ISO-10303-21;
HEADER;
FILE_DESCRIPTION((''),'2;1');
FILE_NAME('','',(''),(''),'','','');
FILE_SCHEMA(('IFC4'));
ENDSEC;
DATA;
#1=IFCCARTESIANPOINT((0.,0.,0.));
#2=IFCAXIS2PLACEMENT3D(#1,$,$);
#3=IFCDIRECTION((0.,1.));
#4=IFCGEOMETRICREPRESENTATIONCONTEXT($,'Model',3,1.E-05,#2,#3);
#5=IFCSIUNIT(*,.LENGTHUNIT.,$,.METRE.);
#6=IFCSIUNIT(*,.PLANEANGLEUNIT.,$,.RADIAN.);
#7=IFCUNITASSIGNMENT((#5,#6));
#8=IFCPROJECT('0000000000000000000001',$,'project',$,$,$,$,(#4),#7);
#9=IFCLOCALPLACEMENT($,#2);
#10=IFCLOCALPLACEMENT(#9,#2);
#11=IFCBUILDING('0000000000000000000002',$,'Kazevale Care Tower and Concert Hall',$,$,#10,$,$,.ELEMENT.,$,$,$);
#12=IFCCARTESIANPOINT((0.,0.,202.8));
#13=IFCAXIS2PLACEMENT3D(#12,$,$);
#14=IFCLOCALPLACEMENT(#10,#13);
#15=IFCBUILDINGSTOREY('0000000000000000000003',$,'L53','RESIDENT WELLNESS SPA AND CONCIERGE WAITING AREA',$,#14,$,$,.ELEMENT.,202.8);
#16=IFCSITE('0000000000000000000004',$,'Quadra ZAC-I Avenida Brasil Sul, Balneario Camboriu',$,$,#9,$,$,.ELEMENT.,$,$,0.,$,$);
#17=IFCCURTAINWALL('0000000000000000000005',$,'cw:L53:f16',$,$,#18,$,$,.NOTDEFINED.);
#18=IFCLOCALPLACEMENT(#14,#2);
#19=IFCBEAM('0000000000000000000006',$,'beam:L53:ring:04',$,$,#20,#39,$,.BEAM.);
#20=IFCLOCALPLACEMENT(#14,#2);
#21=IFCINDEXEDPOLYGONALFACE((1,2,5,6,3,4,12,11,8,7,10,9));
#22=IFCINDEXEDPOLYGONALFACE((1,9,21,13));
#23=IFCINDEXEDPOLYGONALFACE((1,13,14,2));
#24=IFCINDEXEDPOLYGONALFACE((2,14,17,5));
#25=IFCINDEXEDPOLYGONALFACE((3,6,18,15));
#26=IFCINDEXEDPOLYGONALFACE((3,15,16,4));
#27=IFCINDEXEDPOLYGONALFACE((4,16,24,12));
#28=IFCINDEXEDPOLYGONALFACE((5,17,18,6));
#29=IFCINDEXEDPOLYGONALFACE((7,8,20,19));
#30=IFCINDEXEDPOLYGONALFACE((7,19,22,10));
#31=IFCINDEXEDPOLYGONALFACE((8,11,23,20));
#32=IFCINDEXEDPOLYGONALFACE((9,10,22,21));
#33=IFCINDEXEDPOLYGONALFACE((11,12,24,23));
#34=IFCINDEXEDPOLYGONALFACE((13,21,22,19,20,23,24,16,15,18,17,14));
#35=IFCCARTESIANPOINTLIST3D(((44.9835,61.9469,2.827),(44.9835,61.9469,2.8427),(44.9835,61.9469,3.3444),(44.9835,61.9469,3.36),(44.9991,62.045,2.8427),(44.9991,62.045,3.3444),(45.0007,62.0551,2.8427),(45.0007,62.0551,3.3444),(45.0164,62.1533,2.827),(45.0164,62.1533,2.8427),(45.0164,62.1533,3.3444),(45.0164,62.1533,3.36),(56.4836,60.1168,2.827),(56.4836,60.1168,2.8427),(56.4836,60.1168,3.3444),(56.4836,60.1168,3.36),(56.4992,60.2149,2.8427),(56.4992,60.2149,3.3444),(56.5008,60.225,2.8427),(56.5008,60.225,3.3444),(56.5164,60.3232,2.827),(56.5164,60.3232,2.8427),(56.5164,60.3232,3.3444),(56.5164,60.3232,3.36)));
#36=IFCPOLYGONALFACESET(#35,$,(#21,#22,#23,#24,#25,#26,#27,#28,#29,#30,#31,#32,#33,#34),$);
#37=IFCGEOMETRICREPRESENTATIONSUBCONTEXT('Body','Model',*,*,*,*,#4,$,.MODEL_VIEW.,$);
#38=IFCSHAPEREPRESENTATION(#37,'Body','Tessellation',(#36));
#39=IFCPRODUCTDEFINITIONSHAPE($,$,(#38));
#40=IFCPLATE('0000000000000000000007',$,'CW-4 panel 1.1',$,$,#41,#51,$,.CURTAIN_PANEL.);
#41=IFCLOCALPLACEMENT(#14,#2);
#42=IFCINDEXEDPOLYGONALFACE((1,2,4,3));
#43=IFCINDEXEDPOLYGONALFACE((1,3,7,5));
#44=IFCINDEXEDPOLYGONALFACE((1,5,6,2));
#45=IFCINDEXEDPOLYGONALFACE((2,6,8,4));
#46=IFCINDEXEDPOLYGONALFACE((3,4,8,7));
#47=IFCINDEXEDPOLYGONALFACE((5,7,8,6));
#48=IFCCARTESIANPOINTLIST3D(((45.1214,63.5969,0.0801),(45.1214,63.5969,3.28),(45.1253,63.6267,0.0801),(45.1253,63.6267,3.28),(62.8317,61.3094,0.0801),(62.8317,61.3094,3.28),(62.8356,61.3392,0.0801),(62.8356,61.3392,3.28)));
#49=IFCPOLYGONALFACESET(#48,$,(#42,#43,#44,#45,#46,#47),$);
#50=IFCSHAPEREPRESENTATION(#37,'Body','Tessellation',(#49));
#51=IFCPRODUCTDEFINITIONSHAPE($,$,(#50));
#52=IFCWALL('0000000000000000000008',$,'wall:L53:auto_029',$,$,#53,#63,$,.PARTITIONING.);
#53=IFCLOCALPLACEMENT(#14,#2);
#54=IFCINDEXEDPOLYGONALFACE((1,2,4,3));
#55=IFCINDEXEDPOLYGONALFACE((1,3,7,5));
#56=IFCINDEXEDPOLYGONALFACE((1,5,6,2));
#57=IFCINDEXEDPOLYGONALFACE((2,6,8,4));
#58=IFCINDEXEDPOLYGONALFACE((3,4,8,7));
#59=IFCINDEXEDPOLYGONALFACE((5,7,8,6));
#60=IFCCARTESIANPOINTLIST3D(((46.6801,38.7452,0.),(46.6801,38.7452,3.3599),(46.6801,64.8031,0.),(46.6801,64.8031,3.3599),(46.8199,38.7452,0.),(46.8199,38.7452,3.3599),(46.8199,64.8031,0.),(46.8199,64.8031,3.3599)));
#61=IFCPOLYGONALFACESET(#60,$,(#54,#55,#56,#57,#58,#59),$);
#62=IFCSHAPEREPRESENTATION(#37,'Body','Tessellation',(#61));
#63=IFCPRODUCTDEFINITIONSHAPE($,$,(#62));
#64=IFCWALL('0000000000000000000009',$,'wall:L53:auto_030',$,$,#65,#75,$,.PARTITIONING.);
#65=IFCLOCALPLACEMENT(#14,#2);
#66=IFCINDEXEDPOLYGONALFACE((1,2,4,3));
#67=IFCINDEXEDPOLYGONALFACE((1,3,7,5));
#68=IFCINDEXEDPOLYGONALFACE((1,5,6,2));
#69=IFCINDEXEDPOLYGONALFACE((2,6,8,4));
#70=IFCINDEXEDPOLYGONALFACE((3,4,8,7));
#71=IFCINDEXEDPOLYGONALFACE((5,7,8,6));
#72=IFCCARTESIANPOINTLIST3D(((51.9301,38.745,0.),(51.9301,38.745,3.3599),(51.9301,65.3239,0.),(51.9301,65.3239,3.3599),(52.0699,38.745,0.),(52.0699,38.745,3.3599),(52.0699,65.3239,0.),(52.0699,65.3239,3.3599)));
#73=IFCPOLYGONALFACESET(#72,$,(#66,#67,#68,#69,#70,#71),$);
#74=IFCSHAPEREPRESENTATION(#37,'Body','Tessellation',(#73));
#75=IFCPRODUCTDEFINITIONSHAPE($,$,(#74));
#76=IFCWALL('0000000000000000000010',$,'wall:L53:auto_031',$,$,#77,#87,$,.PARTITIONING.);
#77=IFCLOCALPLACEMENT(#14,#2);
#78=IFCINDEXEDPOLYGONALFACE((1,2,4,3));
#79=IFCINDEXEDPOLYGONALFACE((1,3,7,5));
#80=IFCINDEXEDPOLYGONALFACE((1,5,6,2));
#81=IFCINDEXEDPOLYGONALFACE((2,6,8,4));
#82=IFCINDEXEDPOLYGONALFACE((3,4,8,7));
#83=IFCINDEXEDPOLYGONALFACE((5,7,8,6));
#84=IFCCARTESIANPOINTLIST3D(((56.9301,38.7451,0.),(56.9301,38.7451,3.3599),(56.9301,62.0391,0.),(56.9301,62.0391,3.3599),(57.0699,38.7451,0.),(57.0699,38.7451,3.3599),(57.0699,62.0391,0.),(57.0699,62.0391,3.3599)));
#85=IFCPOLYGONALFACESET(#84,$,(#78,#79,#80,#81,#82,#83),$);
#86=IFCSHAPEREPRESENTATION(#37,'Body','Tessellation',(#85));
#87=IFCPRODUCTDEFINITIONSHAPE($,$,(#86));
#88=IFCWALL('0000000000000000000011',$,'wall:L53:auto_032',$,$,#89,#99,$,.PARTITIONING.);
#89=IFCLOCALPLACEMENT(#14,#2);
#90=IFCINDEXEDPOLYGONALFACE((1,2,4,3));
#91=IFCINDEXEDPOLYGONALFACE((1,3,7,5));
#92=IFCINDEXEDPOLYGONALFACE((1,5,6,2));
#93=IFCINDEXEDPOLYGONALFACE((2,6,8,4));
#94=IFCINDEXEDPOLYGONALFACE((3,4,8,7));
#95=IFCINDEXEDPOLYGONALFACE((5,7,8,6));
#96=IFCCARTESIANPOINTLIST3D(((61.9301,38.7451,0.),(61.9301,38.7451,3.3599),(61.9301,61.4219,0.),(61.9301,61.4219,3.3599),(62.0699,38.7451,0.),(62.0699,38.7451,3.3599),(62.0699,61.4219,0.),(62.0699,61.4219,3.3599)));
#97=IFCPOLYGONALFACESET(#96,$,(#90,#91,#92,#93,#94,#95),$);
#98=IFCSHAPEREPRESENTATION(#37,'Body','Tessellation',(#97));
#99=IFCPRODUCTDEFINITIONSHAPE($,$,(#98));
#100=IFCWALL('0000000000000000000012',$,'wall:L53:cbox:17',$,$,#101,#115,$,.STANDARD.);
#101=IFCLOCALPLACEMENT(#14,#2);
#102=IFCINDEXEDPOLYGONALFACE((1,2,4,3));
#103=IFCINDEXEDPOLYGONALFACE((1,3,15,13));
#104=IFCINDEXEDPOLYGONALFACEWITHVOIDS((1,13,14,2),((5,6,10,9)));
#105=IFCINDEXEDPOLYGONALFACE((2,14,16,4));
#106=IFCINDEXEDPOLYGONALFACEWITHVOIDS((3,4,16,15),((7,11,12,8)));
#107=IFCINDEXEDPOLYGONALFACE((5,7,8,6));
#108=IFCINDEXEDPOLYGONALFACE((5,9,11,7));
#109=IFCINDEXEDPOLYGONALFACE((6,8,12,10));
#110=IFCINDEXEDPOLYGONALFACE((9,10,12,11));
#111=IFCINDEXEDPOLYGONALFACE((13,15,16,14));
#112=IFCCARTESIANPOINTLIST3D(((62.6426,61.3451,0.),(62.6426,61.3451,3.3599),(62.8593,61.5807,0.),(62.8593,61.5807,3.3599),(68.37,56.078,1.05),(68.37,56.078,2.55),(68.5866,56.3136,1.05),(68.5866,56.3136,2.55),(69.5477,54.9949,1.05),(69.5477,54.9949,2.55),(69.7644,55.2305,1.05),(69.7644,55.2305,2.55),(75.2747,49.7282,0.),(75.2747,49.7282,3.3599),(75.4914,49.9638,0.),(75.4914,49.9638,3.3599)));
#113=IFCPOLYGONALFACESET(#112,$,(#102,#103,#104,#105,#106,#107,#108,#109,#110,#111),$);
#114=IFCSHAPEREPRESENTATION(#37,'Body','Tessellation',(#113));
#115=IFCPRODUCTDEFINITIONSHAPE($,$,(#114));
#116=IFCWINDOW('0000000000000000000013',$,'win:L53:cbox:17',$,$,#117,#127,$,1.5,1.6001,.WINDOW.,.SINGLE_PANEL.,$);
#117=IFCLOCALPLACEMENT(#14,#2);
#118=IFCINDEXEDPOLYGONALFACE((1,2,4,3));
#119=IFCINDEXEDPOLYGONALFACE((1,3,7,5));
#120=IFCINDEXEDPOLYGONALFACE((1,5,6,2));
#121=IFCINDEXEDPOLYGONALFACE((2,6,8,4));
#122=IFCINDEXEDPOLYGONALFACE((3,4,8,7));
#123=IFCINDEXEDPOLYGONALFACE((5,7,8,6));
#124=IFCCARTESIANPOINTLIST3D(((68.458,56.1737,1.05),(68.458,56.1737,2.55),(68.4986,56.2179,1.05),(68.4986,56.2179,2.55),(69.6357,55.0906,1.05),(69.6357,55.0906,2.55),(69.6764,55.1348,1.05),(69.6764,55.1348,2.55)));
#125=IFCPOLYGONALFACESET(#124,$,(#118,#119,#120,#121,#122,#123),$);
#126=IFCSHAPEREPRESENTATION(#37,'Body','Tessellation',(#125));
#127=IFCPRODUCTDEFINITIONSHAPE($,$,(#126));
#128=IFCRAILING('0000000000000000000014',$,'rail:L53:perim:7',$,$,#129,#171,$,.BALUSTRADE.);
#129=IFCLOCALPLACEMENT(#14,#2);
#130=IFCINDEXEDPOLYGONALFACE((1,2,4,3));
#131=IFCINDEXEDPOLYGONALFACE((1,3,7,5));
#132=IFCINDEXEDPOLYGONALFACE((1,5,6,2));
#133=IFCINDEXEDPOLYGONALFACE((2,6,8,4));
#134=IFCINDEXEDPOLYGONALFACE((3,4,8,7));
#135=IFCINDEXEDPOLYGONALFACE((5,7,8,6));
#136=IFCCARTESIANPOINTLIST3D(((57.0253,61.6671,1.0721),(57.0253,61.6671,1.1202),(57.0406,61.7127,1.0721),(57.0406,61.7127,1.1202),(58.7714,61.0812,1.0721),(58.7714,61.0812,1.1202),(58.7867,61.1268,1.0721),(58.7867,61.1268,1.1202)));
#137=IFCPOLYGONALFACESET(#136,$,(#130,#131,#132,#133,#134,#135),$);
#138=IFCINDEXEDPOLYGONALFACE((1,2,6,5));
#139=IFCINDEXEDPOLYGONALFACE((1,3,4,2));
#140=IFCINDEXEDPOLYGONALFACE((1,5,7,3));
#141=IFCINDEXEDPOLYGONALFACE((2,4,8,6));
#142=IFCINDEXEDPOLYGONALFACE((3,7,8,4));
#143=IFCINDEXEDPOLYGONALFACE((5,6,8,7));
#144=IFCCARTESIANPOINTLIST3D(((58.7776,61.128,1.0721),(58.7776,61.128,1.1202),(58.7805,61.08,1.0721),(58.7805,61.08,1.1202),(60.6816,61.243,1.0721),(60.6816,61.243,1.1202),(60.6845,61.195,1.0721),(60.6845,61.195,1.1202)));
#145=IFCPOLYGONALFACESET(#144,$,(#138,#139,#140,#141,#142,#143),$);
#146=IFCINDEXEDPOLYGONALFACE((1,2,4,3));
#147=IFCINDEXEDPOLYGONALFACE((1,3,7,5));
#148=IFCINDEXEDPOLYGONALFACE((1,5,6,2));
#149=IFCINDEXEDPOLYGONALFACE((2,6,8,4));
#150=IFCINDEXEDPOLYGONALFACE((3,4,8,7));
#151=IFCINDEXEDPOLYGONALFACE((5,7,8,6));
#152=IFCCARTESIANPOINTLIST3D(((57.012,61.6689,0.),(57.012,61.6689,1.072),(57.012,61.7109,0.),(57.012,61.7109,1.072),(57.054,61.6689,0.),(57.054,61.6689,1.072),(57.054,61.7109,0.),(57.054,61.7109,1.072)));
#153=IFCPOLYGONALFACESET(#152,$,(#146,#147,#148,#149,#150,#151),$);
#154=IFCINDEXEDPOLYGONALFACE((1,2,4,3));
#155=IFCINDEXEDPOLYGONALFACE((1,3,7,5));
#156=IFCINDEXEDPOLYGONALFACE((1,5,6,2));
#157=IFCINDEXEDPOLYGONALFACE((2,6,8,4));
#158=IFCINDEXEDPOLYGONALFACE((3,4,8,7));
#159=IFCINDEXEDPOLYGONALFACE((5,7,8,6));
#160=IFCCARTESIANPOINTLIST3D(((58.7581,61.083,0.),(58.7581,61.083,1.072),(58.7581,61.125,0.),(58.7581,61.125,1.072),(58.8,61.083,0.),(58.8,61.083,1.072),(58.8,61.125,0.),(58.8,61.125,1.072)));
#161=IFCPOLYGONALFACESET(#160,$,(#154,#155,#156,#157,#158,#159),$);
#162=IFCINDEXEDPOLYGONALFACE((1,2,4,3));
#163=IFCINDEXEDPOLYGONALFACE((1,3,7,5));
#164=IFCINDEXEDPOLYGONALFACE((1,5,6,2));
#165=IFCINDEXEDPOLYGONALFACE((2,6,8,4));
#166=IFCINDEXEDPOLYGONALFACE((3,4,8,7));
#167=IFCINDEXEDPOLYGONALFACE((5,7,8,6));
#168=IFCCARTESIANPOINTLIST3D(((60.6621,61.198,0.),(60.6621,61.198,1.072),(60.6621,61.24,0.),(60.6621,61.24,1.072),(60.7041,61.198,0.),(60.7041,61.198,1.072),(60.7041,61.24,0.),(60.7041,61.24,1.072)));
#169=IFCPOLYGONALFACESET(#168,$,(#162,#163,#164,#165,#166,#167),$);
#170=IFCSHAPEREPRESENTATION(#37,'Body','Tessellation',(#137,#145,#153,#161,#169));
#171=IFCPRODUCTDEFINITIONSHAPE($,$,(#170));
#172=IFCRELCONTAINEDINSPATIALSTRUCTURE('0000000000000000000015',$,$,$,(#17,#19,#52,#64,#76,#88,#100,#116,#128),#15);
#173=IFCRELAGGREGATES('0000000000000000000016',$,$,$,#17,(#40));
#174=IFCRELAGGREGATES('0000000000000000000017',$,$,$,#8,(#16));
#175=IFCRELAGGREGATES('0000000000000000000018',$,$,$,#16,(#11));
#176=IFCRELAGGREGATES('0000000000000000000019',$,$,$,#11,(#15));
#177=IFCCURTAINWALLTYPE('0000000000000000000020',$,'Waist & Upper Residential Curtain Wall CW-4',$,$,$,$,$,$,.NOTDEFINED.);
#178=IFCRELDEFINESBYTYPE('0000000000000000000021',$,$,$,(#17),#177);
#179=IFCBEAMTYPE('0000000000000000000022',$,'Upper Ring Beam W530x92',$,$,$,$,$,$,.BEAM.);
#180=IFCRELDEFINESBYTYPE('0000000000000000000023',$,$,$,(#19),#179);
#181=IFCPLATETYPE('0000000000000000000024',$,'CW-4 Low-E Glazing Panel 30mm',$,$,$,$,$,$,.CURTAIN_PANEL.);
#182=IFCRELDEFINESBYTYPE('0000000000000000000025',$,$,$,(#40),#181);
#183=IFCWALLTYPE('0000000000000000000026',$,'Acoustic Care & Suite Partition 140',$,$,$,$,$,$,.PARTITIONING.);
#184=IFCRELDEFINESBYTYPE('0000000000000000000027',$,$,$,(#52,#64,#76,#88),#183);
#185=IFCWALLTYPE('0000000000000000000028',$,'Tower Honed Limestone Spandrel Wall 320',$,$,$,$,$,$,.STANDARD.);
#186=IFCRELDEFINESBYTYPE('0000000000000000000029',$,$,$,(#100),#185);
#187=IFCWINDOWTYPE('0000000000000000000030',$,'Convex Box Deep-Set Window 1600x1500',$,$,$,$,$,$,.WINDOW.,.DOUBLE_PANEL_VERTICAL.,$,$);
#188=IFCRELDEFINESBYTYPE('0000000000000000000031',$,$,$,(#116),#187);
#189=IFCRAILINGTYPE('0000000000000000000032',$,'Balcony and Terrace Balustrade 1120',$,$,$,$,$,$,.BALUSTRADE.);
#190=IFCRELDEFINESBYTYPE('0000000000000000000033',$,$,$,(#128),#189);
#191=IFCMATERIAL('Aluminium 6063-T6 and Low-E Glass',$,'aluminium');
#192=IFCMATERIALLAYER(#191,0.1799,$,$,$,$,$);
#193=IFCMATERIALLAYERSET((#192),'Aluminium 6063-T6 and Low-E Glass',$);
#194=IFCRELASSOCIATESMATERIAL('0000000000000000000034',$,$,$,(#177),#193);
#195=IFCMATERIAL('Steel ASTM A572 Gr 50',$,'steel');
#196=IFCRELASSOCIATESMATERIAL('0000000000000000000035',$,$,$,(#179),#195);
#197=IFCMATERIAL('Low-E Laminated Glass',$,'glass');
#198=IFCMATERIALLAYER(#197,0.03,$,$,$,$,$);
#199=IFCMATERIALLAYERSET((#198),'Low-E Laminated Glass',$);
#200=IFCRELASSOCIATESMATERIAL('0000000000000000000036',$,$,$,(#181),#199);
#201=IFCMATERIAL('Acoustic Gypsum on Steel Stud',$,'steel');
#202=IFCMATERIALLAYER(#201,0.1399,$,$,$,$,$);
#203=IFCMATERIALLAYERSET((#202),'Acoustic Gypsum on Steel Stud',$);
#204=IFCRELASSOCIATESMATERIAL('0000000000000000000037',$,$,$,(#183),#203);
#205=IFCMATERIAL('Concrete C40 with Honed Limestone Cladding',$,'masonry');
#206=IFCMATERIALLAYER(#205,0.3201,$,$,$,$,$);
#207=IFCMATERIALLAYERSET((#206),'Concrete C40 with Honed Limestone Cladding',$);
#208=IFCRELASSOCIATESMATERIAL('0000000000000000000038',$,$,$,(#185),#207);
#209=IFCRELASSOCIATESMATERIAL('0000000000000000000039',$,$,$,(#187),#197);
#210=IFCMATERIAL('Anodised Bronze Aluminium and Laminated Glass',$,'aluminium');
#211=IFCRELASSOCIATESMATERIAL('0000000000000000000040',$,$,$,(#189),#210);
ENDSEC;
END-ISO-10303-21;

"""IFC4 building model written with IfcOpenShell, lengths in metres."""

from ifc_helpers import new_model, si_unit, direction, frame, frame_2d, origin, origin_2d, place, context, subcontext, project, spatial, rectangle, i_section, extrude, material, layer, layer_set, material_profile, profile_set, type_object, element, fill, aggregate, save


model = new_model("IFC4")

# Units and contexts
model_context = context("Model", 3, precision=1e-05, world=origin(), true_north=direction((0.0, 1.0)))
body_context = subcontext(model_context, "Body", "Model", "MODEL_VIEW")
ifc_project = project(units=[si_unit("LENGTHUNIT", "METRE"), si_unit("PLANEANGLEUNIT", "RADIAN")], contexts=[model_context])

# Site, building, storey
site_placement = place(None, origin())
site = spatial("IfcSite", under=ifc_project, at=site_placement, Name="Quadra ZAC-I Avenida Brasil Sul, Balneario Camboriu", CompositionType="ELEMENT", RefElevation=0.0)
building_placement = place(site_placement, origin())
building = spatial("IfcBuilding", under=site, at=building_placement, Name="Kazevale Care Tower and Concert Hall", CompositionType="ELEMENT")
storey_placement = place(building_placement, frame((0.0, 0.0, 202.8)))
storey = spatial("IfcBuildingStorey", under=building, at=storey_placement, Name="L53", Description="RESIDENT WELLNESS SPA AND CONCIERGE WAITING AREA", CompositionType="ELEMENT", Elevation=202.8)

# Curtain wall
ifc_material_1 = material(Name="Aluminium 6063-T6 and Low-E Glass", Category="aluminium")
ifc_layer_1 = layer(ifc_material_1, 0.1799)
ifc_layer_set_1 = layer_set([ifc_layer_1], Name="Aluminium 6063-T6 and Low-E Glass")
curtain_wall_type = type_object("IfcCurtainWallType", Name="Waist & Upper Residential Curtain Wall CW-4", PredefinedType="NOTDEFINED", material=ifc_layer_set_1)
curtain_wall_1_placement = place(storey_placement, origin())
curtain_wall_1 = element("IfcCurtainWall", 1, at=curtain_wall_1_placement, inside=storey, type_object=curtain_wall_type, Name="cw:L53:f16", PredefinedType="NOTDEFINED")

# Beam
ifc_material_2 = material(Name="Steel ASTM A572 Gr 50", Category="steel")
ifc_material_profile_1 = material_profile(ifc_material_2, i_section(OverallWidth=0.209, OverallDepth=0.533, WebThickness=0.0103, FlangeThickness=0.0156, at=origin_2d()), Name="W530x92")
ifc_profile_set_1 = profile_set([ifc_material_profile_1], Name="Steel ASTM A572 Gr 50")
beam_type = type_object("IfcBeamType", Name="Upper Ring Beam W530x92", PredefinedType="BEAM", material=ifc_profile_set_1)
beam_1_placement = place(storey_placement, frame((56.5, 60.22, 3.0935), z_axis=(-0.987573, 0.15716, 0.0), x_axis=(-0.15716, -0.987573, 0.0)))
element("IfcBeam", 2, at=beam_1_placement, inside=storey, type_object=beam_type, Name="beam:L53:ring:04", PredefinedType="BEAM", context=body_context, shape_type="SweptSolid", body=[
    extrude(i_section(OverallWidth=0.209, OverallDepth=0.533, WebThickness=0.0103, FlangeThickness=0.0156, at=origin_2d()), origin(), (0.0, 0.0, 1.0), 11.6448),
])

# Plate
ifc_material_3 = material(Name="Low-E Laminated Glass", Category="glass")
ifc_layer_2 = layer(ifc_material_3, 0.03)
ifc_layer_set_2 = layer_set([ifc_layer_2], Name="Low-E Laminated Glass")
plate_type = type_object("IfcPlateType", Name="CW-4 Low-E Glazing Panel 30mm", PredefinedType="CURTAIN_PANEL", material=ifc_layer_set_2)
plate_placement = place(storey_placement, frame((53.9785, 62.468, 0.0801), z_axis=(0.0, 0.0, 1.0), x_axis=(0.991761, -0.128098, 0.0)))
plate = element("IfcPlate", 3, at=plate_placement, type_object=plate_type, Name="CW-4 panel 1.1", PredefinedType="CURTAIN_PANEL", context=body_context, shape_type="SweptSolid", body=[
    extrude(rectangle(XDim=17.8574, YDim=0.03, at=origin_2d()), origin(), (0.0, 0.0, 1.0), 3.2),
])
aggregate(curtain_wall_1, [plate])

# Walls
ifc_material_4 = material(Name="Acoustic Gypsum on Steel Stud", Category="steel")
ifc_layer_3 = layer(ifc_material_4, 0.1399)
ifc_layer_set_3 = layer_set([ifc_layer_3], Name="Acoustic Gypsum on Steel Stud")
wall_type_1 = type_object("IfcWallType", Name="Acoustic Care & Suite Partition 140", PredefinedType="PARTITIONING", material=ifc_layer_set_3)
wall_1_placement = place(storey_placement, frame((46.75, 64.803, 0.0), z_axis=(0.0, 0.0, 1.0), x_axis=(0.0, -1.0, 0.0)))
element("IfcWall", 4, at=wall_1_placement, inside=storey, type_object=wall_type_1, Name="wall:L53:auto_029", PredefinedType="PARTITIONING", context=body_context, shape_type="SweptSolid", body=[
    extrude(rectangle(XDim=26.0579, YDim=0.1399, at=frame_2d((13.0288, 0.0))), origin(), (0.0, 0.0, 1.0), 3.3599),
])
wall_2_placement = place(storey_placement, frame((52.0, 65.324, 0.0), z_axis=(0.0, 0.0, 1.0), x_axis=(0.0, -1.0, 0.0)))
element("IfcWall", 5, at=wall_2_placement, inside=storey, type_object=wall_type_1, Name="wall:L53:auto_030", PredefinedType="PARTITIONING", context=body_context, shape_type="SweptSolid", body=[
    extrude(rectangle(XDim=26.5789, YDim=0.1399, at=frame_2d((13.2896, 0.0))), origin(), (0.0, 0.0, 1.0), 3.3599),
])
wall_3_placement = place(storey_placement, frame((57.0, 62.0391, 0.0), z_axis=(0.0, 0.0, 1.0), x_axis=(0.0, -1.0, 0.0)))
element("IfcWall", 6, at=wall_3_placement, inside=storey, type_object=wall_type_1, Name="wall:L53:auto_031", PredefinedType="PARTITIONING", context=body_context, shape_type="SweptSolid", body=[
    extrude(rectangle(XDim=23.2939, YDim=0.1399, at=frame_2d((11.647, 0.0))), origin(), (0.0, 0.0, 1.0), 3.3599),
])
wall_4_placement = place(storey_placement, frame((62.0, 61.4219, 0.0), z_axis=(0.0, 0.0, 1.0), x_axis=(0.0, -1.0, 0.0)))
element("IfcWall", 7, at=wall_4_placement, inside=storey, type_object=wall_type_1, Name="wall:L53:auto_032", PredefinedType="PARTITIONING", context=body_context, shape_type="SweptSolid", body=[
    extrude(rectangle(XDim=22.6768, YDim=0.1399, at=frame_2d((11.3384, 0.0))), origin(), (0.0, 0.0, 1.0), 3.3599),
])

# Wall, opening, window
ifc_material_5 = material(Name="Concrete C40 with Honed Limestone Cladding", Category="masonry")
ifc_layer_4 = layer(ifc_material_5, 0.3201)
ifc_layer_set_4 = layer_set([ifc_layer_4], Name="Concrete C40 with Honed Limestone Cladding")
wall_type_2 = type_object("IfcWallType", Name="Tower Honed Limestone Spandrel Wall 320", PredefinedType="STANDARD", material=ifc_layer_set_4)
wall_5_placement = place(storey_placement, frame((62.751, 61.4629, 0.0), z_axis=(0.0, 0.0, 1.0), x_axis=(0.736064, -0.676912, 0.0)))
wall_5 = element("IfcWall", 8, at=wall_5_placement, inside=storey, type_object=wall_type_2, Name="wall:L53:cbox:17", PredefinedType="STANDARD", context=body_context, shape_type="SweptSolid", body=[
    extrude(rectangle(XDim=17.1616, YDim=0.3201, at=frame_2d((8.5808, 0.0))), origin(), (0.0, 0.0, 1.0), 3.3599),
])
opening_placement = place(wall_5_placement, frame((7.781, 0.0, 1.05)))
opening = element("IfcOpeningElement", 9, at=opening_placement, cuts=wall_5, PredefinedType="OPENING", context=body_context, shape_type="SweptSolid", body=[
    extrude(rectangle(XDim=1.6001, YDim=1.5, at=frame_2d((0.8, 0.75))), frame((0.0, 0.1699, 0.0), z_axis=(0.0, -1.0, 0.0), x_axis=(1.0, 0.0, 0.0)), (0.0, 0.0, 1.0), 0.3401),
])
window_type = type_object("IfcWindowType", Name="Convex Box Deep-Set Window 1600x1500", PartitioningType="DOUBLE_PANEL_VERTICAL", PredefinedType="WINDOW", material=ifc_material_3)
window_placement = place(opening_placement, origin())
window = element("IfcWindow", 10, at=window_placement, inside=storey, type_object=window_type, Name="win:L53:cbox:17", OverallHeight=1.5, OverallWidth=1.6001, PartitioningType="SINGLE_PANEL", PredefinedType="WINDOW", context=body_context, shape_type="SweptSolid", body=[
    extrude(rectangle(XDim=1.6001, YDim=1.5, at=frame_2d((0.8, 0.75))), frame((0.0, 0.03, 0.0), z_axis=(0.0, -1.0, 0.0), x_axis=(1.0, 0.0, 0.0)), (0.0, 0.0, 1.0), 0.0601),
])
fill(opening, window)

# Railing
ifc_material_6 = material(Name="Anodised Bronze Aluminium and Laminated Glass", Category="aluminium")
railing_type = type_object("IfcRailingType", Name="Balcony and Terrace Balustrade 1120", PredefinedType="BALUSTRADE", material=ifc_material_6)
railing_1_placement = place(storey_placement, frame((57.033, 61.6899, 0.0)))
element("IfcRailing", 11, at=railing_1_placement, inside=storey, type_object=railing_type, Name="rail:L53:perim:7", PredefinedType="BALUSTRADE", context=body_context, shape_type="SweptSolid", body=[
    extrude(rectangle(XDim=0.0481, YDim=0.0481, at=origin_2d()), frame((0.0, 0.0, 1.0962), z_axis=(0.948045, -0.318136, 0.0), x_axis=(0.318136, 0.948045, 0.0)), (0.0, 0.0, 1.0), 1.8418),
    extrude(rectangle(XDim=0.0481, YDim=0.0481, at=origin_2d()), frame((1.7461, -0.5859, 1.0962), z_axis=(0.998181, 0.060283, 0.0), x_axis=(-0.060283, 0.998181, 0.0)), (0.0, 0.0, 1.0), 1.9075),
    extrude(rectangle(XDim=0.042, YDim=0.042, at=origin_2d()), origin(), (0.0, 0.0, 1.0), 1.072),
    extrude(rectangle(XDim=0.042, YDim=0.042, at=origin_2d()), frame((1.7461, -0.5859, 0.0)), (0.0, 0.0, 1.0), 1.072),
    extrude(rectangle(XDim=0.042, YDim=0.042, at=origin_2d()), frame((3.6501, -0.4709, 0.0)), (0.0, 0.0, 1.0), 1.072),
])

save(model, "model.ifc")
